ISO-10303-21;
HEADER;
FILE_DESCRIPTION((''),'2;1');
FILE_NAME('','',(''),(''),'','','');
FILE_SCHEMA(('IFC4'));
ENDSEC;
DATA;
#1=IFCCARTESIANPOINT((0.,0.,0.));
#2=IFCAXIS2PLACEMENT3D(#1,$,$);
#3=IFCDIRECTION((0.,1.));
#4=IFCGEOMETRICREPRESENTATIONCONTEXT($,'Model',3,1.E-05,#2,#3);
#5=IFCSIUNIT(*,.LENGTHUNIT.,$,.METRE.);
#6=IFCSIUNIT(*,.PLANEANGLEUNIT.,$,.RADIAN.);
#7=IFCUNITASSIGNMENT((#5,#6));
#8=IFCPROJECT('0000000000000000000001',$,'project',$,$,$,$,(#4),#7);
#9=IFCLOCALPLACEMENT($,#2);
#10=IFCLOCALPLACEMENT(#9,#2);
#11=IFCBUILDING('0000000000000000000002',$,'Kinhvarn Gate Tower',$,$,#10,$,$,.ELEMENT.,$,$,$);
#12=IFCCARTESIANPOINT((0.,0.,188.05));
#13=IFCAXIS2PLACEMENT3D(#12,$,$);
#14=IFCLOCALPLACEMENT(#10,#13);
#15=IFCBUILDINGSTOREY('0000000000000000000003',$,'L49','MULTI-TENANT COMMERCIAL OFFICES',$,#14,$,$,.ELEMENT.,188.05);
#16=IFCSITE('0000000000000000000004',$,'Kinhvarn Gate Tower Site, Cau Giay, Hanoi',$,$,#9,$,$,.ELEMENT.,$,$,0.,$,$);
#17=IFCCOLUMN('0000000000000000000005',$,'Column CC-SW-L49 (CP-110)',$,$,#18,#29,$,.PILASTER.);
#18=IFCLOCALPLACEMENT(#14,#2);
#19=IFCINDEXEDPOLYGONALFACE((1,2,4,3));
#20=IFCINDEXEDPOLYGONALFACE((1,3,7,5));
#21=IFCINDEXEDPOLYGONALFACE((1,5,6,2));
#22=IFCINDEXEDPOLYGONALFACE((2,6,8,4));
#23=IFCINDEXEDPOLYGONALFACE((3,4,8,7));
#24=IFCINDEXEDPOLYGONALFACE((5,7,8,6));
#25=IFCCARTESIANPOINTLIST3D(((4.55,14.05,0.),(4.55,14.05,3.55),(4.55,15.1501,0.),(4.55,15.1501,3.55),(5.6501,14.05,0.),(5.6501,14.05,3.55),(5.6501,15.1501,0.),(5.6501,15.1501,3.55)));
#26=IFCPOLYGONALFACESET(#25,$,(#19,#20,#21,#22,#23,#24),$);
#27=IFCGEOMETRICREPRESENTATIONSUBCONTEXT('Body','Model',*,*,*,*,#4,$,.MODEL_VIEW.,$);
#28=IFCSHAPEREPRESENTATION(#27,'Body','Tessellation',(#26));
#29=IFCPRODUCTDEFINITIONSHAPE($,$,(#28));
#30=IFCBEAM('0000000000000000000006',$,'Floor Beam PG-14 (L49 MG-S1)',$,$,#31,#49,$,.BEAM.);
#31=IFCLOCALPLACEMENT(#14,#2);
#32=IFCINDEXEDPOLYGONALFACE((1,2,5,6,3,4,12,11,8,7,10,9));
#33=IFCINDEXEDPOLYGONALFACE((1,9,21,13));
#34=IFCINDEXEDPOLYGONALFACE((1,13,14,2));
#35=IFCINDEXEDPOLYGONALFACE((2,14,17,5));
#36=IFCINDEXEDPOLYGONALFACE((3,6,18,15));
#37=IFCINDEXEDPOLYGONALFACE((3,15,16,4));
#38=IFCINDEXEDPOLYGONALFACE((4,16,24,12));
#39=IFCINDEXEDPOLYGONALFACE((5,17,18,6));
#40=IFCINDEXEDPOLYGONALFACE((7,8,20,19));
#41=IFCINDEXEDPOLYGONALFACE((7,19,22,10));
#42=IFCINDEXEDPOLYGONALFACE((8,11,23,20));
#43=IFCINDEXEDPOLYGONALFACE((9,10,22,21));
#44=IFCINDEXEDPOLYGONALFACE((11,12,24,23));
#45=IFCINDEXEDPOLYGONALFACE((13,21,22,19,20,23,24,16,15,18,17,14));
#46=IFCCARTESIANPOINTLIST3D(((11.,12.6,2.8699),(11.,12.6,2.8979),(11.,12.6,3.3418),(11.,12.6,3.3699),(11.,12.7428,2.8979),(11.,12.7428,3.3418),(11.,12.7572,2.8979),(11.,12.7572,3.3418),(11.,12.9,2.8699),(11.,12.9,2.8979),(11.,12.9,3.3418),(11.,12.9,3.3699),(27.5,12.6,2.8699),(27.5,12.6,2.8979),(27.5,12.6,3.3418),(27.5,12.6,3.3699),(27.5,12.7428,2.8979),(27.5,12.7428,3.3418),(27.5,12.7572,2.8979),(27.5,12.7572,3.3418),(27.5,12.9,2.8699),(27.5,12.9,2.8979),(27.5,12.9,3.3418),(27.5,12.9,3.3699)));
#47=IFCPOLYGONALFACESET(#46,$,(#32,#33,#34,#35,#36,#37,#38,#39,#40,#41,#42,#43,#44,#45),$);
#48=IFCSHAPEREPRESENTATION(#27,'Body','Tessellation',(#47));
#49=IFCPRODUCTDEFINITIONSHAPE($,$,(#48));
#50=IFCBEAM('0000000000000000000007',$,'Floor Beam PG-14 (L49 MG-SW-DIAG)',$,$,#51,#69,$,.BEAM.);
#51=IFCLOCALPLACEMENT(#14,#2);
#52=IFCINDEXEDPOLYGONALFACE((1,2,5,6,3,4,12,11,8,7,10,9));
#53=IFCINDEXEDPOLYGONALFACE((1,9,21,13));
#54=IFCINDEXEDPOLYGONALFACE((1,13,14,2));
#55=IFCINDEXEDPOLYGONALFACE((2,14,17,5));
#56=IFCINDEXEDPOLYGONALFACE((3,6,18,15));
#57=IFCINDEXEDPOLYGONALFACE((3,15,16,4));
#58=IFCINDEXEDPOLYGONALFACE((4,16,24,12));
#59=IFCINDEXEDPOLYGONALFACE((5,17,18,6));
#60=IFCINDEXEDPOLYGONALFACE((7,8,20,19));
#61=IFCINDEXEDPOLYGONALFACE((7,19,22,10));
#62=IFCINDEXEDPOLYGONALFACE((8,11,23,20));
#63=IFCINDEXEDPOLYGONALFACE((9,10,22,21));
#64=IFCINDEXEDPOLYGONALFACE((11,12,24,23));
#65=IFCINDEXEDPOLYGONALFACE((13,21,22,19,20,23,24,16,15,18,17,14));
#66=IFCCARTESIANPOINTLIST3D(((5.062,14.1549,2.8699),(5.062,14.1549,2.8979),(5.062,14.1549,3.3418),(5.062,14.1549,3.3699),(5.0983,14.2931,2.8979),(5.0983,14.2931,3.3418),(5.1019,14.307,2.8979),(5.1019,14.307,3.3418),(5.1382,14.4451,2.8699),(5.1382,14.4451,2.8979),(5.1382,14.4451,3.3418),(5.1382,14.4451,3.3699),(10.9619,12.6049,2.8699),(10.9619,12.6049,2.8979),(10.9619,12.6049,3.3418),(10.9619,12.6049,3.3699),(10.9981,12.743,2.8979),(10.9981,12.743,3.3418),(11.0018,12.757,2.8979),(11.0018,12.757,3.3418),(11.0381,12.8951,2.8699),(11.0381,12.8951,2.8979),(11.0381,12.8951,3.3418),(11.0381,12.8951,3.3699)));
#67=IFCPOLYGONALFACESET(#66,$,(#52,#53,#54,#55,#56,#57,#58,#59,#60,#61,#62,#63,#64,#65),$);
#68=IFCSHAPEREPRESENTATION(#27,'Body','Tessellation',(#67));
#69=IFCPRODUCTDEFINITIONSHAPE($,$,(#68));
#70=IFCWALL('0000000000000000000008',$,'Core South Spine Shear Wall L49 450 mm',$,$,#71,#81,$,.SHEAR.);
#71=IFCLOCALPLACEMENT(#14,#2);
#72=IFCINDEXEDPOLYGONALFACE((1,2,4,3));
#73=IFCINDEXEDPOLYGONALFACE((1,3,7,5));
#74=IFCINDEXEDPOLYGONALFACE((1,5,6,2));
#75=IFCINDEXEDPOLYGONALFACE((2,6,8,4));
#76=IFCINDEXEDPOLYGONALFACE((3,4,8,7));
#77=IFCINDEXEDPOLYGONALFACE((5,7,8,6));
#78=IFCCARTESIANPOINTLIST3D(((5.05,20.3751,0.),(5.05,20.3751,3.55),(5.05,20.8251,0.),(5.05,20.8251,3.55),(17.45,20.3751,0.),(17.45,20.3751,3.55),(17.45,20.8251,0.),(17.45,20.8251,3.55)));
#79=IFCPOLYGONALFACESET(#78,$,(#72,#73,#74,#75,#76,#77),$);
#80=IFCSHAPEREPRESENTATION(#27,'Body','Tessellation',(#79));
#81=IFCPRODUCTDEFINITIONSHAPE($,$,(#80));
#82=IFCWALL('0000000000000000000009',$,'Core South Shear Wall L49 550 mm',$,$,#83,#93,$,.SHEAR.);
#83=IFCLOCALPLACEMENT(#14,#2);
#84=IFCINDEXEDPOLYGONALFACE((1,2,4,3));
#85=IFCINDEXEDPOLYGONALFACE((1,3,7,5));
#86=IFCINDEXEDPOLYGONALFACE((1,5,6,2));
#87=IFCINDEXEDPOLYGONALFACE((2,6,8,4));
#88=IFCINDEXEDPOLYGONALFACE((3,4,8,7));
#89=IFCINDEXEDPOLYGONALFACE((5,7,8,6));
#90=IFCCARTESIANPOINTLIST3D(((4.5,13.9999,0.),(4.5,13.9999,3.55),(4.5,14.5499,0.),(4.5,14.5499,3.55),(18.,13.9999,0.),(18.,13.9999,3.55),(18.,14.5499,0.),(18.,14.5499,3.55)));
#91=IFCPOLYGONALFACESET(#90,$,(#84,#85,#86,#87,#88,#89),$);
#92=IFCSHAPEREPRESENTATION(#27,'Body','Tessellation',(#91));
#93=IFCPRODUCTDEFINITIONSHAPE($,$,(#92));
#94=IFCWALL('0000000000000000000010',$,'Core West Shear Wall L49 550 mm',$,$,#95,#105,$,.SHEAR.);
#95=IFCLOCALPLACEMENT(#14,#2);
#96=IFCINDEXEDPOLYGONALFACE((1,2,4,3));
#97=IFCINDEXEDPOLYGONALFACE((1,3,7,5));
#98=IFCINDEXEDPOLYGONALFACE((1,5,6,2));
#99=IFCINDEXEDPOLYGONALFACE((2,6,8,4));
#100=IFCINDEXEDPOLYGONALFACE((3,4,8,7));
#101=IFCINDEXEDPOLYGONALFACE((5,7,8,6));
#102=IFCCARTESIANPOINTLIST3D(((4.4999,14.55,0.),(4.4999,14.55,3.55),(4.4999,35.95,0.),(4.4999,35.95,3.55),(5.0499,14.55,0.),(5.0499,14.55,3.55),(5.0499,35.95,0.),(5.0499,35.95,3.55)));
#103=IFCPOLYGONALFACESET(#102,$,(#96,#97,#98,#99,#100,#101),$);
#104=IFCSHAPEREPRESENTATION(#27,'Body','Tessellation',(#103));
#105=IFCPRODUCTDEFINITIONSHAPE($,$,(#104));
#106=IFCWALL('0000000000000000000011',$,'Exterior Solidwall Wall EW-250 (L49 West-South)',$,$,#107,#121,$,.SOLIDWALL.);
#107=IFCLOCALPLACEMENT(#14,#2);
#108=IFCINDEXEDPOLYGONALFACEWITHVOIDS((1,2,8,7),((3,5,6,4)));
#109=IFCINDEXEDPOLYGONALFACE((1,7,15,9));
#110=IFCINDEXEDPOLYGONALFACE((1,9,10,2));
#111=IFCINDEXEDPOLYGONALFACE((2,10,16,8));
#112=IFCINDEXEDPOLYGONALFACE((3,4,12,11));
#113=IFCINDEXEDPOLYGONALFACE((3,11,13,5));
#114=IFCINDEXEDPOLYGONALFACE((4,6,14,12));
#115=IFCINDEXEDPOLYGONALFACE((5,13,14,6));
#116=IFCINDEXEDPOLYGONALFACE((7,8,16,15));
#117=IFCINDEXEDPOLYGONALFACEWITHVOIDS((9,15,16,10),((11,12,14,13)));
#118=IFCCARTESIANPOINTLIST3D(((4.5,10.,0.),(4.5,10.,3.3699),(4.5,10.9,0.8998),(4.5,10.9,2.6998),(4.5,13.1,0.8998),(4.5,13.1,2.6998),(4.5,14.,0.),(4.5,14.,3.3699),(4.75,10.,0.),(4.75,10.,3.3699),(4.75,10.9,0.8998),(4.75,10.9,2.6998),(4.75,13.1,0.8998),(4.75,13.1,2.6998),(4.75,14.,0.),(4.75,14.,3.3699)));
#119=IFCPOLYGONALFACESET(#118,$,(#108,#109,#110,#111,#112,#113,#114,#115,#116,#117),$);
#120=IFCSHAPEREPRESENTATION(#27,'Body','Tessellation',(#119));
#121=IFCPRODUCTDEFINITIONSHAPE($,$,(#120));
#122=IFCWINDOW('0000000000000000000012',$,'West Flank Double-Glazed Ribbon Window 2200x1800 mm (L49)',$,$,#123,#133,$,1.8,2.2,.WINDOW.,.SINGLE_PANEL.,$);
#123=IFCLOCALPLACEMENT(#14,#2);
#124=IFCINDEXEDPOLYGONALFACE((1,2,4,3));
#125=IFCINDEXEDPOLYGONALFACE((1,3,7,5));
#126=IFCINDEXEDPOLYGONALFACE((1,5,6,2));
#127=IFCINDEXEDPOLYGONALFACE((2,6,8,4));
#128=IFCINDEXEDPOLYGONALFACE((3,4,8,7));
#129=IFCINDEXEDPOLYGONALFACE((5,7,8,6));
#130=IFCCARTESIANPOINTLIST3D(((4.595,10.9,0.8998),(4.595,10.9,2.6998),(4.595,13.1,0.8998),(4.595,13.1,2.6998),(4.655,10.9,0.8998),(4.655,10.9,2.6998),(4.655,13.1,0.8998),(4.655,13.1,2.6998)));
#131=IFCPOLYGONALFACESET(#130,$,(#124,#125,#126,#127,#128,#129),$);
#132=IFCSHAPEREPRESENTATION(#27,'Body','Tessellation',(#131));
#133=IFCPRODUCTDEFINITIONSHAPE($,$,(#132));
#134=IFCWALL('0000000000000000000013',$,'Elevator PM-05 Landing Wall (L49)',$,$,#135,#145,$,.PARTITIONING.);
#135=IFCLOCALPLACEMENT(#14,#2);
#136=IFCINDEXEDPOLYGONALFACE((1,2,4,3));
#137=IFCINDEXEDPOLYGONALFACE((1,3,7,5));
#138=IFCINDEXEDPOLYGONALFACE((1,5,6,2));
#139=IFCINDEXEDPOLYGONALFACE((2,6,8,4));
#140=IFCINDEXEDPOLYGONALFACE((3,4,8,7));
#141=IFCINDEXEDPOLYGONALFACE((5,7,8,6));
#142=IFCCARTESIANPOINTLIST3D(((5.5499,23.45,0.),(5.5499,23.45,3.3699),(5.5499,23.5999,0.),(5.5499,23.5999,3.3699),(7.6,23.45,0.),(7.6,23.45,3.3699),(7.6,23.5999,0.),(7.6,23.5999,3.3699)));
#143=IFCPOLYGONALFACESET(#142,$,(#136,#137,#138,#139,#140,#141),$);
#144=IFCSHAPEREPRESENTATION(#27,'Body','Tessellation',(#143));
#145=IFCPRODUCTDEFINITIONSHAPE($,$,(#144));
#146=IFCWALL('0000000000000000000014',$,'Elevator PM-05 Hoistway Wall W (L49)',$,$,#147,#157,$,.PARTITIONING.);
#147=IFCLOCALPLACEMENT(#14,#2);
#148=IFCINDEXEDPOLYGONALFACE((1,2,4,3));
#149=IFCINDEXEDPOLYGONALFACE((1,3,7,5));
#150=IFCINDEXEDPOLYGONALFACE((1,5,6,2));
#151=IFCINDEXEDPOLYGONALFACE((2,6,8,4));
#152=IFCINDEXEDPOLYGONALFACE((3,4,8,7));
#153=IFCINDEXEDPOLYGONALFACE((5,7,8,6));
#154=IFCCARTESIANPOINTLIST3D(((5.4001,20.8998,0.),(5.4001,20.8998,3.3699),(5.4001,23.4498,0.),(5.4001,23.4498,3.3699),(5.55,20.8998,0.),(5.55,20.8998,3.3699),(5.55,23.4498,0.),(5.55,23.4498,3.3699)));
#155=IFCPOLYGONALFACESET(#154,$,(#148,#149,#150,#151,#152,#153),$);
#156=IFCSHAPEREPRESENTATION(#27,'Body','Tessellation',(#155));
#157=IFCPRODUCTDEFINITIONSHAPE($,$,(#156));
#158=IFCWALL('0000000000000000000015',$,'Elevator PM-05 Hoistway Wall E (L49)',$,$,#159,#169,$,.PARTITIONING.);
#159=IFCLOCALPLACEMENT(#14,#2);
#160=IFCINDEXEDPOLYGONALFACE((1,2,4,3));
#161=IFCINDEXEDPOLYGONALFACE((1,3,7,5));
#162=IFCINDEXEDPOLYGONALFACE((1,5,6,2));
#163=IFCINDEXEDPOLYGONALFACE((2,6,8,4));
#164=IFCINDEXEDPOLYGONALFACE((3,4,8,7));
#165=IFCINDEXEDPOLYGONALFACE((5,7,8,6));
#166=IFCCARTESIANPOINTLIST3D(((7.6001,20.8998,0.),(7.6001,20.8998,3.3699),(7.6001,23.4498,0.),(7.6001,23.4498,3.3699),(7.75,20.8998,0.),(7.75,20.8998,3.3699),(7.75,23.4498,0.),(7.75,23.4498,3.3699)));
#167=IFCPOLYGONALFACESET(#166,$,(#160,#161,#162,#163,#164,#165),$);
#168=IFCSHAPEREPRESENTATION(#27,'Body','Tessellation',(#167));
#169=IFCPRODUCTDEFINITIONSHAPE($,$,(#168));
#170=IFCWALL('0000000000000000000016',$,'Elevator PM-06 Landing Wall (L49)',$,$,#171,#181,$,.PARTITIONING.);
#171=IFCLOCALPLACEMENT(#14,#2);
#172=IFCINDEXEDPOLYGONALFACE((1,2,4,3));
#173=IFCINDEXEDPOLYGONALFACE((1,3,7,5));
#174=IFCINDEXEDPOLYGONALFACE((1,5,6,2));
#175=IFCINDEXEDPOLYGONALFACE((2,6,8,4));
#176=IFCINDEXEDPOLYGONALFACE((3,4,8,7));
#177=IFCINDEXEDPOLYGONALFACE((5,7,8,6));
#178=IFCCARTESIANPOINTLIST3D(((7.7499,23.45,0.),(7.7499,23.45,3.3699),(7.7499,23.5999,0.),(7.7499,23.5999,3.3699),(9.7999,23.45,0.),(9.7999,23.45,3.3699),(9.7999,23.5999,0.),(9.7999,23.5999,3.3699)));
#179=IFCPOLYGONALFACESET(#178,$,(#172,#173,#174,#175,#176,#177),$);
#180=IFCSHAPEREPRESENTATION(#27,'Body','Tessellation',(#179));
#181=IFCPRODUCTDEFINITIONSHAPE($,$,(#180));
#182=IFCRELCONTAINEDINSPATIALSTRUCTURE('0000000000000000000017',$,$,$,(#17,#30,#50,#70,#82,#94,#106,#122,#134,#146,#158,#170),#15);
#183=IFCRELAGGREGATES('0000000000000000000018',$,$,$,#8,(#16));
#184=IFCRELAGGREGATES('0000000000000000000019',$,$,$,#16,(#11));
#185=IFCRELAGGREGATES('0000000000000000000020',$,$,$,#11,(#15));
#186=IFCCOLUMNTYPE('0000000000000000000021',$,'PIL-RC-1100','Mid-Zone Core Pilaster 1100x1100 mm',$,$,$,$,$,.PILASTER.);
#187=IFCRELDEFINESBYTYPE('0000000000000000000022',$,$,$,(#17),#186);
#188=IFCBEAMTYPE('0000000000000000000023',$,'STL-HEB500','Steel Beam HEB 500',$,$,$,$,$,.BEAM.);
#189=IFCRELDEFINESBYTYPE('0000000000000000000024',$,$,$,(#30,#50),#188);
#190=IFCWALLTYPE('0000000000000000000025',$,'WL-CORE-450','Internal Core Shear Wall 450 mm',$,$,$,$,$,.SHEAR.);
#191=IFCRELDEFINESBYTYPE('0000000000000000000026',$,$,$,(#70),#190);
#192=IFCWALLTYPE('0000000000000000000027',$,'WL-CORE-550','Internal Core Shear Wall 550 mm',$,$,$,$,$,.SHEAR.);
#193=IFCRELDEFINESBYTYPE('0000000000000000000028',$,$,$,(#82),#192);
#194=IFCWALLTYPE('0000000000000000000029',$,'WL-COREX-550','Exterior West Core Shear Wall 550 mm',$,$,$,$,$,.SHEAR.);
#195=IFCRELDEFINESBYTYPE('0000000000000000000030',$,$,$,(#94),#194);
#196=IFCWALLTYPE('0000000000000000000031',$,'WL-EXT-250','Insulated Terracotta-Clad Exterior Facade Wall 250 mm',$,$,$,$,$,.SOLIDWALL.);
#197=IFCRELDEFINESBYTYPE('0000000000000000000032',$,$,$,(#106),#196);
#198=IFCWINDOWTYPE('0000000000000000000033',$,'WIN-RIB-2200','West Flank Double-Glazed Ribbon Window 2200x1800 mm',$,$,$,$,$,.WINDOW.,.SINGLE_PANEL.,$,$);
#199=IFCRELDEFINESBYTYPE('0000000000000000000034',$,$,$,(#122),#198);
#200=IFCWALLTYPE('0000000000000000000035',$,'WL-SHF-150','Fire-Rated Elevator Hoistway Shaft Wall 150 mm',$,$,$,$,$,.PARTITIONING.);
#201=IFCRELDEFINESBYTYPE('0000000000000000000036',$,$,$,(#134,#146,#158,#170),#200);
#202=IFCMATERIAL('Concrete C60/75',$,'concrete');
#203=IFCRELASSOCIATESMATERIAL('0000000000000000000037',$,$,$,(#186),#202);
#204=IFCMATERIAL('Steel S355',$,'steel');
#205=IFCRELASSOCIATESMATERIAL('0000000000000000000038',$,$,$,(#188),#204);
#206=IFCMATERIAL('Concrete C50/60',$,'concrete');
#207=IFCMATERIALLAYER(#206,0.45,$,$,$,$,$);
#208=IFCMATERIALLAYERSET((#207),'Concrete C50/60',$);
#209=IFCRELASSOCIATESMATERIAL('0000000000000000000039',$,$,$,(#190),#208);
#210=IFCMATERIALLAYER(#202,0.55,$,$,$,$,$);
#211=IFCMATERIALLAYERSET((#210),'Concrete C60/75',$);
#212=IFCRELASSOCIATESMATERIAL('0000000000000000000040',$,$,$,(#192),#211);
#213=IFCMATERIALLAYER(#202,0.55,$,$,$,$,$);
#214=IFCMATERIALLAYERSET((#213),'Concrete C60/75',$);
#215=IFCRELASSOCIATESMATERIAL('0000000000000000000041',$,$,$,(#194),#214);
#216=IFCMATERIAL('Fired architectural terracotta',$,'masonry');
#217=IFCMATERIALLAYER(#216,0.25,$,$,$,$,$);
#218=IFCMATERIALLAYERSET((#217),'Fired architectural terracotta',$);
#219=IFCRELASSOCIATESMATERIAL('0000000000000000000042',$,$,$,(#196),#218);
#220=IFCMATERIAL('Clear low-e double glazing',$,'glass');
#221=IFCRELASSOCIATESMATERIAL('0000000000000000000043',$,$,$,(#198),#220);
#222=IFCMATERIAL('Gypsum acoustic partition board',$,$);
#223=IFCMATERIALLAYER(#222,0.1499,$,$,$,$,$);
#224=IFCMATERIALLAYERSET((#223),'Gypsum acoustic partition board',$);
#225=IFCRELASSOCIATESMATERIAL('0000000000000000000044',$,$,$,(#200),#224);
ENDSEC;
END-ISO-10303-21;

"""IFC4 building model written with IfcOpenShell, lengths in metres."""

from ifc_helpers import new_model, si_unit, direction, frame, frame_2d, origin, origin_2d, place, context, subcontext, project, spatial, rectangle, i_section, extrude, material, layer, layer_set, material_profile, profile_set, type_object, element, fill, save


model = new_model("IFC4")

# Units and contexts
model_context = context("Model", 3, precision=1e-05, world=origin(), true_north=direction((0.0, 1.0)))
body_context = subcontext(model_context, "Body", "Model", "MODEL_VIEW")
ifc_project = project(units=[si_unit("LENGTHUNIT", "METRE"), si_unit("PLANEANGLEUNIT", "RADIAN")], contexts=[model_context])

# Site, building, storey
site_placement = place(None, origin())
site = spatial("IfcSite", under=ifc_project, at=site_placement, Name="Kinhvarn Gate Tower Site, Cau Giay, Hanoi", CompositionType="ELEMENT", RefElevation=0.0)
building_placement = place(site_placement, origin())
building = spatial("IfcBuilding", under=site, at=building_placement, Name="Kinhvarn Gate Tower", CompositionType="ELEMENT")
storey_placement = place(building_placement, frame((0.0, 0.0, 188.05)))
storey = spatial("IfcBuildingStorey", under=building, at=storey_placement, Name="L49", Description="MULTI-TENANT COMMERCIAL OFFICES", CompositionType="ELEMENT", Elevation=188.05)

# Column
ifc_material_1 = material(Name="Concrete C60/75", Category="concrete")
ifc_material_profile_1 = material_profile(ifc_material_1, rectangle(XDim=1.1001, YDim=1.1001, at=origin_2d()), Name="RC 1100x1100")
ifc_profile_set_1 = profile_set([ifc_material_profile_1], Name="Concrete C60/75")
column_type = type_object("IfcColumnType", Name="PIL-RC-1100", Description="Mid-Zone Core Pilaster 1100x1100 mm", PredefinedType="PILASTER", material=ifc_profile_set_1)
column_placement = place(storey_placement, frame((5.1001, 14.6001, 0.0), z_axis=(0.0, 0.0, 1.0), x_axis=(1.0, 0.0, 0.0)))
element("IfcColumn", 1, at=column_placement, inside=storey, type_object=column_type, Name="Column CC-SW-L49 (CP-110)", PredefinedType="PILASTER", context=body_context, shape_type="SweptSolid", body=[
    extrude(rectangle(XDim=1.1001, YDim=1.1001, at=origin_2d()), origin(), (0.0, 0.0, 1.0), 3.55),
])

# Beams
ifc_material_2 = material(Name="Steel S355", Category="steel")
ifc_material_profile_2 = material_profile(ifc_material_2, i_section(OverallWidth=0.3, OverallDepth=0.5, WebThickness=0.0144, FlangeThickness=0.0281, at=origin_2d()), Name="HEB 500")
ifc_profile_set_2 = profile_set([ifc_material_profile_2], Name="Steel S355")
beam_type = type_object("IfcBeamType", Name="STL-HEB500", Description="Steel Beam HEB 500", PredefinedType="BEAM", material=ifc_profile_set_2)
beam_1_placement = place(storey_placement, frame((11.0, 12.75, 3.1199), z_axis=(1.0, 0.0, 0.0), x_axis=(0.0, 1.0, 0.0)))
element("IfcBeam", 2, at=beam_1_placement, inside=storey, type_object=beam_type, Name="Floor Beam PG-14 (L49 MG-S1)", PredefinedType="BEAM", context=body_context, shape_type="SweptSolid", body=[
    extrude(i_section(OverallWidth=0.3, OverallDepth=0.5, WebThickness=0.0144, FlangeThickness=0.0281, at=origin_2d()), origin(), (0.0, 0.0, 1.0), 16.5),
])
beam_2_placement = place(storey_placement, frame((5.1001, 14.3, 3.1199), z_axis=(0.967178, -0.254101, 0.0), x_axis=(0.254101, 0.967178, 0.0)))
element("IfcBeam", 3, at=beam_2_placement, inside=storey, type_object=beam_type, Name="Floor Beam PG-14 (L49 MG-SW-DIAG)", PredefinedType="BEAM", context=body_context, shape_type="SweptSolid", body=[
    extrude(i_section(OverallWidth=0.3, OverallDepth=0.5, WebThickness=0.0144, FlangeThickness=0.0281, at=origin_2d()), origin(), (0.0, 0.0, 1.0), 6.1001),
])

# Walls
ifc_material_3 = material(Name="Concrete C50/60", Category="concrete")
ifc_layer_1 = layer(ifc_material_3, 0.45)
ifc_layer_set_1 = layer_set([ifc_layer_1], Name="Concrete C50/60")
wall_type_1 = type_object("IfcWallType", Name="WL-CORE-450", Description="Internal Core Shear Wall 450 mm", PredefinedType="SHEAR", material=ifc_layer_set_1)
wall_1_placement = place(storey_placement, frame((5.05, 20.6001, 0.0), z_axis=(0.0, 0.0, 1.0), x_axis=(1.0, 0.0, 0.0)))
element("IfcWall", 4, at=wall_1_placement, inside=storey, type_object=wall_type_1, Name="Core South Spine Shear Wall L49 450 mm", PredefinedType="SHEAR", context=body_context, shape_type="SweptSolid", body=[
    extrude(rectangle(XDim=12.3999, YDim=0.45, at=frame_2d((6.2, 0.0))), origin(), (0.0, 0.0, 1.0), 3.55),
])
ifc_layer_2 = layer(ifc_material_1, 0.55)
ifc_layer_set_2 = layer_set([ifc_layer_2], Name="Concrete C60/75")
wall_type_2 = type_object("IfcWallType", Name="WL-CORE-550", Description="Internal Core Shear Wall 550 mm", PredefinedType="SHEAR", material=ifc_layer_set_2)
wall_2_placement = place(storey_placement, frame((4.5, 14.2749, 0.0), z_axis=(0.0, 0.0, 1.0), x_axis=(1.0, 0.0, 0.0)))
element("IfcWall", 5, at=wall_2_placement, inside=storey, type_object=wall_type_2, Name="Core South Shear Wall L49 550 mm", PredefinedType="SHEAR", context=body_context, shape_type="SweptSolid", body=[
    extrude(rectangle(XDim=13.5, YDim=0.55, at=frame_2d((6.75, 0.0))), origin(), (0.0, 0.0, 1.0), 3.55),
])
ifc_layer_3 = layer(ifc_material_1, 0.55)
ifc_layer_set_3 = layer_set([ifc_layer_3], Name="Concrete C60/75")
wall_type_3 = type_object("IfcWallType", Name="WL-COREX-550", Description="Exterior West Core Shear Wall 550 mm", PredefinedType="SHEAR", material=ifc_layer_set_3)
wall_3_placement = place(storey_placement, frame((4.7749, 14.55, 0.0), z_axis=(0.0, 0.0, 1.0), x_axis=(0.0, 1.0, 0.0)))
element("IfcWall", 6, at=wall_3_placement, inside=storey, type_object=wall_type_3, Name="Core West Shear Wall L49 550 mm", PredefinedType="SHEAR", context=body_context, shape_type="SweptSolid", body=[
    extrude(rectangle(XDim=21.3999, YDim=0.55, at=frame_2d((10.7, 0.0))), origin(), (0.0, 0.0, 1.0), 3.55),
])

# Wall, opening, window
ifc_material_4 = material(Name="Fired architectural terracotta", Category="masonry")
ifc_layer_4 = layer(ifc_material_4, 0.25)
ifc_layer_set_4 = layer_set([ifc_layer_4], Name="Fired architectural terracotta")
wall_type_4 = type_object("IfcWallType", Name="WL-EXT-250", Description="Insulated Terracotta-Clad Exterior Facade Wall 250 mm", PredefinedType="SOLIDWALL", material=ifc_layer_set_4)
wall_4_placement = place(storey_placement, frame((4.625, 14.0, 0.0), z_axis=(0.0, 0.0, 1.0), x_axis=(0.0, -1.0, 0.0)))
wall_4 = element("IfcWall", 7, at=wall_4_placement, inside=storey, type_object=wall_type_4, Name="Exterior Solidwall Wall EW-250 (L49 West-South)", PredefinedType="SOLIDWALL", context=body_context, shape_type="SweptSolid", body=[
    extrude(rectangle(XDim=4.0, YDim=0.25, at=frame_2d((2.0, 0.0))), origin(), (0.0, 0.0, 1.0), 3.3699),
])
opening_placement = place(wall_4_placement, frame((0.8999, 0.0, 0.8999)))
opening = element("IfcOpeningElement", 8, at=opening_placement, cuts=wall_4, PredefinedType="OPENING", context=body_context, shape_type="SweptSolid", body=[
    extrude(rectangle(XDim=2.2, YDim=1.8, at=frame_2d((1.1001, 0.8999))), frame((0.0, 0.135, 0.0), z_axis=(0.0, -1.0, 0.0), x_axis=(1.0, 0.0, 0.0)), (0.0, 0.0, 1.0), 0.27),
])
ifc_material_5 = material(Name="Clear low-e double glazing", Category="glass")
window_type = type_object("IfcWindowType", Name="WIN-RIB-2200", Description="West Flank Double-Glazed Ribbon Window 2200x1800 mm", PartitioningType="SINGLE_PANEL", PredefinedType="WINDOW", material=ifc_material_5)
window_placement = place(opening_placement, origin())
window = element("IfcWindow", 9, at=window_placement, inside=storey, type_object=window_type, Name="West Flank Double-Glazed Ribbon Window 2200x1800 mm (L49)", OverallHeight=1.8, OverallWidth=2.2, PartitioningType="SINGLE_PANEL", PredefinedType="WINDOW", context=body_context, shape_type="SweptSolid", body=[
    extrude(rectangle(XDim=2.2, YDim=1.8, at=frame_2d((1.1001, 0.8999))), frame((0.0, 0.03, 0.0), z_axis=(0.0, -1.0, 0.0), x_axis=(1.0, 0.0, 0.0)), (0.0, 0.0, 1.0), 0.0601),
])
fill(opening, window)

# Walls
ifc_material_6 = material(Name="Gypsum acoustic partition board")
ifc_layer_5 = layer(ifc_material_6, 0.1499)
ifc_layer_set_5 = layer_set([ifc_layer_5], Name="Gypsum acoustic partition board")
wall_type_5 = type_object("IfcWallType", Name="WL-SHF-150", Description="Fire-Rated Elevator Hoistway Shaft Wall 150 mm", PredefinedType="PARTITIONING", material=ifc_layer_set_5)
wall_5_placement = place(storey_placement, frame((5.55, 23.5249, 0.0), z_axis=(0.0, 0.0, 1.0), x_axis=(1.0, 0.0, 0.0)))
element("IfcWall", 10, at=wall_5_placement, inside=storey, type_object=wall_type_5, Name="Elevator PM-05 Landing Wall (L49)", PredefinedType="PARTITIONING", context=body_context, shape_type="SweptSolid", body=[
    extrude(rectangle(XDim=2.05, YDim=0.1499, at=frame_2d((1.0249, 0.0))), origin(), (0.0, 0.0, 1.0), 3.3699),
])
for number, where, z_axis, x_axis, name in (
    (11, (5.4751, 20.8999, 0.0), (0.0, 0.0, 1.0), (0.0, 1.0, 0.0), "Elevator PM-05 Hoistway Wall W (L49)"),
    (12, (7.675, 20.8999, 0.0), (0.0, 0.0, 1.0), (0.0, 1.0, 0.0), "Elevator PM-05 Hoistway Wall E (L49)"),
):
    element("IfcWall", number, at=place(storey_placement, frame(where, z_axis=z_axis, x_axis=x_axis)), inside=storey, type_object=wall_type_5, Name=name, PredefinedType="PARTITIONING", context=body_context, shape_type="SweptSolid", body=[
        extrude(rectangle(XDim=2.55, YDim=0.1499, at=frame_2d((1.2749, 0.0))), origin(), (0.0, 0.0, 1.0), 3.3699),
    ])
wall_6_placement = place(storey_placement, frame((7.75, 23.5249, 0.0), z_axis=(0.0, 0.0, 1.0), x_axis=(1.0, 0.0, 0.0)))
element("IfcWall", 13, at=wall_6_placement, inside=storey, type_object=wall_type_5, Name="Elevator PM-06 Landing Wall (L49)", PredefinedType="PARTITIONING", context=body_context, shape_type="SweptSolid", body=[
    extrude(rectangle(XDim=2.05, YDim=0.1499, at=frame_2d((1.0249, 0.0))), origin(), (0.0, 0.0, 1.0), 3.3699),
])

save(model, "model.ifc")
